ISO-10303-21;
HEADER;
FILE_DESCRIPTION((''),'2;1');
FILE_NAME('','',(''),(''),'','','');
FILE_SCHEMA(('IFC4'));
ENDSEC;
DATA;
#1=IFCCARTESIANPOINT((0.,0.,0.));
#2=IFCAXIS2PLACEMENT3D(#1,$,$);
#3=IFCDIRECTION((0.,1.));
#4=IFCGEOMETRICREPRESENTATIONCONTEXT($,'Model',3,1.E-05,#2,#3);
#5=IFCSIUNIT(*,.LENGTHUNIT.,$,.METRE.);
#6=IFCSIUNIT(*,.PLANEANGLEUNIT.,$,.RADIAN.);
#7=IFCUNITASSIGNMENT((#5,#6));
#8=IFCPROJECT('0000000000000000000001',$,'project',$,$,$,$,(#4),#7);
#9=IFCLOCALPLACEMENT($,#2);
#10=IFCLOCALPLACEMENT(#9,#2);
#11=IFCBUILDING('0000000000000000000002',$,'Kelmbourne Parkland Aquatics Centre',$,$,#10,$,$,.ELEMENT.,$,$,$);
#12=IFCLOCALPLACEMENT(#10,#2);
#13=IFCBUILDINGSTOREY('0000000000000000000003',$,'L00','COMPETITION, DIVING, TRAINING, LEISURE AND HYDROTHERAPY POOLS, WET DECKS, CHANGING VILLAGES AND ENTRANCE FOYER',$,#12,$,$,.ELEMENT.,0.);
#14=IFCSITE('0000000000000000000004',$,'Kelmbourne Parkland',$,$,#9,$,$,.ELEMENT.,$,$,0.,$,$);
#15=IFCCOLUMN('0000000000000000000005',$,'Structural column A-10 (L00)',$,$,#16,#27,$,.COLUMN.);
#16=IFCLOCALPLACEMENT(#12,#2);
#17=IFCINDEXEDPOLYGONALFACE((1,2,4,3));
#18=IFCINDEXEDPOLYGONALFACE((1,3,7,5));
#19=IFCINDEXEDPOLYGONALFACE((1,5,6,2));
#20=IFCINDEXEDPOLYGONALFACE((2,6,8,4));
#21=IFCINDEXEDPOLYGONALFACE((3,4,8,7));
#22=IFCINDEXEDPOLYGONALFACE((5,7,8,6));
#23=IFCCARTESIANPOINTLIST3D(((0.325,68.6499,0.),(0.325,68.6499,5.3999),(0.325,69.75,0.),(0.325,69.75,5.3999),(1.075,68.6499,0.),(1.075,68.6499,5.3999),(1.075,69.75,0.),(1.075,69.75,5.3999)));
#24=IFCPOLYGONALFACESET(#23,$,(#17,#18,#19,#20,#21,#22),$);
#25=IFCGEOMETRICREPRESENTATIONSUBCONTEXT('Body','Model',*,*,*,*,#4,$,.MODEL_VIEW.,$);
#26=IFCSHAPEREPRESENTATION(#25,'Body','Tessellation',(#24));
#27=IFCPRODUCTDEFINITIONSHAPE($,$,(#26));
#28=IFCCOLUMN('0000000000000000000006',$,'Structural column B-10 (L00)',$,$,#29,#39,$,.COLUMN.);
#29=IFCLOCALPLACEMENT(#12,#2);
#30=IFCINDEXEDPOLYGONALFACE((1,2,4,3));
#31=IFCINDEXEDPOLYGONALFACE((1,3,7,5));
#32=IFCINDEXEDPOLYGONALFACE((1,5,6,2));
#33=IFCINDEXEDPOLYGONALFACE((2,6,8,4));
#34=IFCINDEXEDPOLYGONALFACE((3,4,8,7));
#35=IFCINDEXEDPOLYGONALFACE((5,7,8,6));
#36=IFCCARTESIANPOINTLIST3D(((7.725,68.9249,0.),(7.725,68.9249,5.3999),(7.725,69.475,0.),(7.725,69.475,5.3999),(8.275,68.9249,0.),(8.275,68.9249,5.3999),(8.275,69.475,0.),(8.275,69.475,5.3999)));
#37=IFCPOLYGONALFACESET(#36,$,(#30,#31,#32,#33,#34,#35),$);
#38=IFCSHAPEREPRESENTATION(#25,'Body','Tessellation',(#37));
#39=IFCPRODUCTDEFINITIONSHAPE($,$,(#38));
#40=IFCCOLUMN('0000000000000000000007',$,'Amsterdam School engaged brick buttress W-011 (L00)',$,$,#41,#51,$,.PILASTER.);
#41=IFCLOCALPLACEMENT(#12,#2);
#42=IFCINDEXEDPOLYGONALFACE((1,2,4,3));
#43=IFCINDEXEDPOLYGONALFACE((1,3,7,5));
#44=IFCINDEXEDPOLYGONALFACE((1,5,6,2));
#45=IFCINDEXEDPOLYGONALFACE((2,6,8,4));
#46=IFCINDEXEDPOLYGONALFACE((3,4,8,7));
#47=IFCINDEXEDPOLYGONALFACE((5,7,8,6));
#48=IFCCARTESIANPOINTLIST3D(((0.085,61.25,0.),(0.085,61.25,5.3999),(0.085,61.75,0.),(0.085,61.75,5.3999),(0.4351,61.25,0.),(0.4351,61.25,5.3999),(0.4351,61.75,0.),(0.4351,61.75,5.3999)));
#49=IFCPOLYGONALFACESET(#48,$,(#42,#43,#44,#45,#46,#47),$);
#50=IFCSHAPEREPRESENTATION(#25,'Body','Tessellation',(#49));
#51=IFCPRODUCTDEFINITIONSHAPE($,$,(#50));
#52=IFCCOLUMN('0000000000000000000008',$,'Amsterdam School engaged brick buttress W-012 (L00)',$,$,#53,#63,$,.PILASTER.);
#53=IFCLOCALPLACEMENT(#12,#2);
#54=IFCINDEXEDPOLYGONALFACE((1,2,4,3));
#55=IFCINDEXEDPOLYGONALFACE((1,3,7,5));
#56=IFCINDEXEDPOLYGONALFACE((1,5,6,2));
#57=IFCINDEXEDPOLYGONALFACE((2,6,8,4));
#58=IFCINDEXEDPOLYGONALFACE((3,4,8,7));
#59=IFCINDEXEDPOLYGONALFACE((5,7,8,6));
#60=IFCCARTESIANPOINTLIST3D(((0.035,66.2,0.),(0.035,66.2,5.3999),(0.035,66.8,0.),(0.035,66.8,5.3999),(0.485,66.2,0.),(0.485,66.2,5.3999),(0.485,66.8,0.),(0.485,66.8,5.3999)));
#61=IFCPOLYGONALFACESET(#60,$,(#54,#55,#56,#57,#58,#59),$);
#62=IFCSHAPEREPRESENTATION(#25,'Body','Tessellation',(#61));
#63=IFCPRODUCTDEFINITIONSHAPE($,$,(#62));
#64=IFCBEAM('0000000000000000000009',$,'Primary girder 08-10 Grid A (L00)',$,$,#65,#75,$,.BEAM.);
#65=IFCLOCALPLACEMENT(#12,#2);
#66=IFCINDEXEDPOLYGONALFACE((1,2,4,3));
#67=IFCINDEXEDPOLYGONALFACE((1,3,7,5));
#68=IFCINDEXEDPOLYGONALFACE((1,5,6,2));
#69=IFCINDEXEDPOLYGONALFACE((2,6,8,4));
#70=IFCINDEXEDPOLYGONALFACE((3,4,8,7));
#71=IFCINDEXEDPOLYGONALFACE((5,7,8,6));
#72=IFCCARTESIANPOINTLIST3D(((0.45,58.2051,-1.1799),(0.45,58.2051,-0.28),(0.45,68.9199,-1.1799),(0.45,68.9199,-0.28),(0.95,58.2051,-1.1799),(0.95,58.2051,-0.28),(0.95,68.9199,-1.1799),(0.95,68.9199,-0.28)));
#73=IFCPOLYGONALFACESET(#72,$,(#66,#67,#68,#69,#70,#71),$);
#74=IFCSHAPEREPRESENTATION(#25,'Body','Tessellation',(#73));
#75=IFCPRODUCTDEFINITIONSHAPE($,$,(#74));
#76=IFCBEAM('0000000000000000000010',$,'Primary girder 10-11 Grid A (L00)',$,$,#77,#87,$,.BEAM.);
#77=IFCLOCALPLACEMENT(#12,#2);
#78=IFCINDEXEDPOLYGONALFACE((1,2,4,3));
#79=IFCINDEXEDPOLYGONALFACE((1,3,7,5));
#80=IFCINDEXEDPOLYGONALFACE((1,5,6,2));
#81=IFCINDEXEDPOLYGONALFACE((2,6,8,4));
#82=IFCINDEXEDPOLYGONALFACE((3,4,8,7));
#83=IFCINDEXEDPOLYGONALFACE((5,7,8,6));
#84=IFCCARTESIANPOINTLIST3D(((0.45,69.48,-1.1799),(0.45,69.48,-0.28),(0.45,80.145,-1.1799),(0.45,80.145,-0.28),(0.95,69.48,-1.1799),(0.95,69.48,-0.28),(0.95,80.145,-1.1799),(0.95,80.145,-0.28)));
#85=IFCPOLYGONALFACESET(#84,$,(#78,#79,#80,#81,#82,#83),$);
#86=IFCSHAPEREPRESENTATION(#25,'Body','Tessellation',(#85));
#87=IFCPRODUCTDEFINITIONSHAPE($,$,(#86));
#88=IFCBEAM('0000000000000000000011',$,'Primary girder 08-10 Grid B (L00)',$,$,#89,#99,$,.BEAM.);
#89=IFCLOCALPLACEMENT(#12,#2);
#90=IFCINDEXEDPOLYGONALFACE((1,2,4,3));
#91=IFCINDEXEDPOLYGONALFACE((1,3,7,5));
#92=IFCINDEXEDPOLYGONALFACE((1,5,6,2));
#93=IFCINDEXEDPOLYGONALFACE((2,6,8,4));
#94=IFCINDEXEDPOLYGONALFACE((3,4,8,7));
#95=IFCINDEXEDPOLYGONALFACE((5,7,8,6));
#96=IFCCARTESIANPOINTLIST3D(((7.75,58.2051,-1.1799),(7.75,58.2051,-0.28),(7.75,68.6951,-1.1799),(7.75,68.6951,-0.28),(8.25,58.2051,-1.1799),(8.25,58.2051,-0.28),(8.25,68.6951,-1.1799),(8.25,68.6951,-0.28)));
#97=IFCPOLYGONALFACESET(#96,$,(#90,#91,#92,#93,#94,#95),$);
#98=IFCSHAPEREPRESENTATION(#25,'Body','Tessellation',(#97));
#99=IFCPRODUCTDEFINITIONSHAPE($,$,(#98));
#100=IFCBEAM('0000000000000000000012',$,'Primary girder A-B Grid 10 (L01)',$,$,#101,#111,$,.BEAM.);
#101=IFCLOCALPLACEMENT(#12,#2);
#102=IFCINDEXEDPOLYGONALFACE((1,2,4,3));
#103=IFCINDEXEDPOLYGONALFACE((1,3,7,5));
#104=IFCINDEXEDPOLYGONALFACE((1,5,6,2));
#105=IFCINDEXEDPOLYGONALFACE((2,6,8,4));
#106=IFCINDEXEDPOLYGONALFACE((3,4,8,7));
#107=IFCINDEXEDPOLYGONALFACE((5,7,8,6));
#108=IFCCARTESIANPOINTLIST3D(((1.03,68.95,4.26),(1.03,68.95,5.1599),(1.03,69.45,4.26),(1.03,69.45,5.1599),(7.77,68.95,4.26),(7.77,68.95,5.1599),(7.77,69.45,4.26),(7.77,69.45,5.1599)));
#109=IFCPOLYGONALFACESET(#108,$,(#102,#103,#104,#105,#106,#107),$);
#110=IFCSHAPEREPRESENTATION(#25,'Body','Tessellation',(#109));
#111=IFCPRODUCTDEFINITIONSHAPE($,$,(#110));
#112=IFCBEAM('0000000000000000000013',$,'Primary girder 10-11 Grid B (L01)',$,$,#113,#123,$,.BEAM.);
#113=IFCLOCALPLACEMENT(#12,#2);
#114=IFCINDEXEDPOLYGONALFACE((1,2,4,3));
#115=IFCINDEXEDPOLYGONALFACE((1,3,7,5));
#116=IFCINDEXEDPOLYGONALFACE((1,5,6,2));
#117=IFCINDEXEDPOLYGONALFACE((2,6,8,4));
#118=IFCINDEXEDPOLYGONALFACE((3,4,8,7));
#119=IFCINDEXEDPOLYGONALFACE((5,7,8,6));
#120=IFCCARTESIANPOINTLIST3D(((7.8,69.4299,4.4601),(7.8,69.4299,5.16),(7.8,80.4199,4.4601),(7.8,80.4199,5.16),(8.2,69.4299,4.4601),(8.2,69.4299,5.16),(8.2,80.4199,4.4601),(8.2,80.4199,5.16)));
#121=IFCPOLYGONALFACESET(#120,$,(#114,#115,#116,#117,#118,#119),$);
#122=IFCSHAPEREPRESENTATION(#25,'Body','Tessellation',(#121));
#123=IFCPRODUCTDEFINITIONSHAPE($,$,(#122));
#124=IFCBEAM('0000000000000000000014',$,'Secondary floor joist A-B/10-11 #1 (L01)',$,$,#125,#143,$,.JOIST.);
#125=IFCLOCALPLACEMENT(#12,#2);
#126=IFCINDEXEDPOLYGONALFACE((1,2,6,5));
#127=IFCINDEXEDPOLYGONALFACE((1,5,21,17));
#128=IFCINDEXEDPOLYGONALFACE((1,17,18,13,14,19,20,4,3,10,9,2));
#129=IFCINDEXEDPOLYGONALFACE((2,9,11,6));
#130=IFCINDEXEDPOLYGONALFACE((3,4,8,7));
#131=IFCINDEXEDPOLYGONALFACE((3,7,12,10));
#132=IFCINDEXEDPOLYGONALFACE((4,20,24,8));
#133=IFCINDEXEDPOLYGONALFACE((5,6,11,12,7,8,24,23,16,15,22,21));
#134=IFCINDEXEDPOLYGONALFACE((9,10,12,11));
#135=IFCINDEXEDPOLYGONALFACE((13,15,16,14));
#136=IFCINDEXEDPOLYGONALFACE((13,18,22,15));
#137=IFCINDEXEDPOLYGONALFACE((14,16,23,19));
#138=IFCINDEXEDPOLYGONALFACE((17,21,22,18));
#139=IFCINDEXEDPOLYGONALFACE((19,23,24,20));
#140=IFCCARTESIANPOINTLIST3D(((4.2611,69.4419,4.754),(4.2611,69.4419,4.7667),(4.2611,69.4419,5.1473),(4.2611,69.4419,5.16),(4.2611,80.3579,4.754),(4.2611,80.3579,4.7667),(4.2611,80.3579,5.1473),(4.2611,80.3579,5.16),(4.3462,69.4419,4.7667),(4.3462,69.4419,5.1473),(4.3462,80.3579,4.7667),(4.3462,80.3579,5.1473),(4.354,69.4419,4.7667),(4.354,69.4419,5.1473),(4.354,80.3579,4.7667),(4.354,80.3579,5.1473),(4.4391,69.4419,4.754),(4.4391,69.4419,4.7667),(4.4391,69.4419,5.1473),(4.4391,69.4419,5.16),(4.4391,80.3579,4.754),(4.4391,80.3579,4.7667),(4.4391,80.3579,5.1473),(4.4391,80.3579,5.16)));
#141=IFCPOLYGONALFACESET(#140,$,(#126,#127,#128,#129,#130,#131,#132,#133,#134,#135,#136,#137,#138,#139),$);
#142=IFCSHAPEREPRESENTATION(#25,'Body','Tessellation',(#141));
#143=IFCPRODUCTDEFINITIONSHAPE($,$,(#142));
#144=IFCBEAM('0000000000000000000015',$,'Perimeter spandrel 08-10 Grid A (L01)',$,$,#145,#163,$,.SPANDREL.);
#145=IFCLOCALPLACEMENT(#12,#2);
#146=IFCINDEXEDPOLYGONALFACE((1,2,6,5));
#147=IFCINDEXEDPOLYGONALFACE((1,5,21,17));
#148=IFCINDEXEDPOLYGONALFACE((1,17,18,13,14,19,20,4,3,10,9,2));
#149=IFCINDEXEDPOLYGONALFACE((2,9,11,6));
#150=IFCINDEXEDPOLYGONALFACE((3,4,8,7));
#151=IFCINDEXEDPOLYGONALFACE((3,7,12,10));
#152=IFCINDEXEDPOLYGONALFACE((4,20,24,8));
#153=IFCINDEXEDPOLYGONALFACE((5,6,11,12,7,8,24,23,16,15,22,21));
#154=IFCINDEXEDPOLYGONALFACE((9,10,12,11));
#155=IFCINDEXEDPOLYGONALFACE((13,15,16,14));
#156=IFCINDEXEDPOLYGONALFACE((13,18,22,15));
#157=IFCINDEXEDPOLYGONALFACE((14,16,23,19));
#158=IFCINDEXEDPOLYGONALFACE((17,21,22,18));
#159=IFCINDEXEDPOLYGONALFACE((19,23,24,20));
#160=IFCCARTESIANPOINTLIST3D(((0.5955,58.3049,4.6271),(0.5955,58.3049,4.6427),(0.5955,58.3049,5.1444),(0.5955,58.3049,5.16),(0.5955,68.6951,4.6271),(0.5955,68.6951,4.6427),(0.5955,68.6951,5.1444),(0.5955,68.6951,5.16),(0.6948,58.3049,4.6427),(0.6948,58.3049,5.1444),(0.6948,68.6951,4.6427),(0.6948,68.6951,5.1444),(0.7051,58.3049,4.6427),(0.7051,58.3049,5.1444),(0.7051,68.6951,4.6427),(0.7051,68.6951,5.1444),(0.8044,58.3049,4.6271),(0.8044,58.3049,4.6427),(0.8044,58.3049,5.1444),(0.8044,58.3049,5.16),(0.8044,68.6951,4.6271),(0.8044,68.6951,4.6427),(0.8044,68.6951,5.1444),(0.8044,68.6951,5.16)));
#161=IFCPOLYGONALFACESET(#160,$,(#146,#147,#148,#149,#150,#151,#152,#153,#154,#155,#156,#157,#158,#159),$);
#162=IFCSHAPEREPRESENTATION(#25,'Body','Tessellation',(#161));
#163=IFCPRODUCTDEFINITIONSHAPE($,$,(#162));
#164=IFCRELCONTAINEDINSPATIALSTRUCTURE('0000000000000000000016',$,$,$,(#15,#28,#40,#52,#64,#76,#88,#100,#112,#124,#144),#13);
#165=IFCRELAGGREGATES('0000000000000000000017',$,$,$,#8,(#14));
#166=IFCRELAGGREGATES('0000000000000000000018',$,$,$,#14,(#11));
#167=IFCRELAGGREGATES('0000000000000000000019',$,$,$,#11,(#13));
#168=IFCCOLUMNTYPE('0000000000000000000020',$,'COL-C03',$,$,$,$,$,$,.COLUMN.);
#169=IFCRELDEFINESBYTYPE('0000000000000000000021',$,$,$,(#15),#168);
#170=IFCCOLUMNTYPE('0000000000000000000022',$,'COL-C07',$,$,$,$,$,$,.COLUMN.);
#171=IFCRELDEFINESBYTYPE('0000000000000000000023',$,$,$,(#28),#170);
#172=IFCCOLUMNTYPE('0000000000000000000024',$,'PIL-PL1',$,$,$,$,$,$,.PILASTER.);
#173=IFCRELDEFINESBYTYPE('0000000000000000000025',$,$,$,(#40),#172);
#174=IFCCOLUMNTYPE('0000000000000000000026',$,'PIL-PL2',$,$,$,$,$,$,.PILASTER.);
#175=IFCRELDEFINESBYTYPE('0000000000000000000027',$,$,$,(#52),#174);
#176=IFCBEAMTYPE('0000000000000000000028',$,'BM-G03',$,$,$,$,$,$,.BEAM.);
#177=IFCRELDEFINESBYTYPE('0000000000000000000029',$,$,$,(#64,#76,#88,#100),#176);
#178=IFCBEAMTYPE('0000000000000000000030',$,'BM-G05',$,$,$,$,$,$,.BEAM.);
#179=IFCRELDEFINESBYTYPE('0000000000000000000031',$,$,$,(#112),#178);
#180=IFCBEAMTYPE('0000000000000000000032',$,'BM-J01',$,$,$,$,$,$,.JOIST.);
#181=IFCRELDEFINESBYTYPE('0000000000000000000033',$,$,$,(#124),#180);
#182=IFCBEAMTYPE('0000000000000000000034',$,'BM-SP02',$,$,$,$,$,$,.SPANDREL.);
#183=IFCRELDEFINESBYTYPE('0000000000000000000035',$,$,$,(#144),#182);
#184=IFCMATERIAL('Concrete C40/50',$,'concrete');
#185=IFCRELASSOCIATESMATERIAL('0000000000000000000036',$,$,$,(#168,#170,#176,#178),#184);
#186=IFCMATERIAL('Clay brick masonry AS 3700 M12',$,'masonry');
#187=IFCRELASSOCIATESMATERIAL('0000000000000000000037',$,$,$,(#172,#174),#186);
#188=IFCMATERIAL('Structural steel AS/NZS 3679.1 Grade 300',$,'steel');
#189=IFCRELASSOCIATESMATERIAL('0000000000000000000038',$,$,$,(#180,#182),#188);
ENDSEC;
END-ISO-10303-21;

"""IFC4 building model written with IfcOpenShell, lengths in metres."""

from ifc_helpers import new_model, si_unit, direction, frame, origin, origin_2d, place, context, subcontext, project, spatial, rectangle, i_section, extrude, material, material_profile, profile_set, type_object, element, save


model = new_model("IFC4")

# Units and contexts
model_context = context("Model", 3, precision=1e-05, world=origin(), true_north=direction((0.0, 1.0)))
body_context = subcontext(model_context, "Body", "Model", "MODEL_VIEW")
ifc_project = project(units=[si_unit("LENGTHUNIT", "METRE"), si_unit("PLANEANGLEUNIT", "RADIAN")], contexts=[model_context])

# Site, building, storey
site_placement = place(None, origin())
site = spatial("IfcSite", under=ifc_project, at=site_placement, Name="Kelmbourne Parkland", CompositionType="ELEMENT", RefElevation=0.0)
building_placement = place(site_placement, origin())
building = spatial("IfcBuilding", under=site, at=building_placement, Name="Kelmbourne Parkland Aquatics Centre", CompositionType="ELEMENT")
storey_placement = place(building_placement, origin())
storey = spatial("IfcBuildingStorey", under=building, at=storey_placement, Name="L00", Description="COMPETITION, DIVING, TRAINING, LEISURE AND HYDROTHERAPY POOLS, WET DECKS, CHANGING VILLAGES AND ENTRANCE FOYER", CompositionType="ELEMENT", Elevation=0.0)

# Columns
ifc_material_1 = material(Name="Concrete C40/50", Category="concrete")
ifc_material_profile_1 = material_profile(ifc_material_1, rectangle(XDim=0.75, YDim=1.1001, at=origin_2d()), Name="RC 750x1100")
ifc_profile_set_1 = profile_set([ifc_material_profile_1], Name="Concrete C40/50")
column_type_1 = type_object("IfcColumnType", Name="COL-C03", PredefinedType="COLUMN", material=ifc_profile_set_1)
column_1_placement = place(storey_placement, frame((0.7, 69.2, 0.0), z_axis=(0.0, 0.0, 1.0), x_axis=(1.0, 0.0, 0.0)))
element("IfcColumn", 1, at=column_1_placement, inside=storey, type_object=column_type_1, Name="Structural column A-10 (L00)", PredefinedType="COLUMN", context=body_context, shape_type="SweptSolid", body=[
    extrude(rectangle(XDim=0.75, YDim=1.1001, at=origin_2d()), origin(), (0.0, 0.0, 1.0), 5.3999),
])
ifc_material_profile_2 = material_profile(ifc_material_1, rectangle(XDim=0.55, YDim=0.55, at=origin_2d()), Name="RC 550x550")
ifc_profile_set_2 = profile_set([ifc_material_profile_2], Name="Concrete C40/50")
column_type_2 = type_object("IfcColumnType", Name="COL-C07", PredefinedType="COLUMN", material=ifc_profile_set_2)
column_2_placement = place(storey_placement, frame((8.0, 69.2, 0.0), z_axis=(0.0, 0.0, 1.0), x_axis=(1.0, 0.0, 0.0)))
element("IfcColumn", 2, at=column_2_placement, inside=storey, type_object=column_type_2, Name="Structural column B-10 (L00)", PredefinedType="COLUMN", context=body_context, shape_type="SweptSolid", body=[
    extrude(rectangle(XDim=0.55, YDim=0.55, at=origin_2d()), origin(), (0.0, 0.0, 1.0), 5.3999),
])
ifc_material_2 = material(Name="Clay brick masonry AS 3700 M12", Category="masonry")
ifc_material_profile_3 = material_profile(ifc_material_2, rectangle(XDim=0.3501, YDim=0.5, at=origin_2d()), Name="PIL 350x500")
ifc_profile_set_3 = profile_set([ifc_material_profile_3], Name="Clay brick masonry AS 3700 M12")
column_type_3 = type_object("IfcColumnType", Name="PIL-PL1", PredefinedType="PILASTER", material=ifc_profile_set_3)
column_3_placement = place(storey_placement, frame((0.26, 61.5, 0.0), z_axis=(0.0, 0.0, 1.0), x_axis=(1.0, 0.0, 0.0)))
element("IfcColumn", 3, at=column_3_placement, inside=storey, type_object=column_type_3, Name="Amsterdam School engaged brick buttress W-011 (L00)", PredefinedType="PILASTER", context=body_context, shape_type="SweptSolid", body=[
    extrude(rectangle(XDim=0.3501, YDim=0.5, at=origin_2d()), origin(), (0.0, 0.0, 1.0), 5.3999),
])
ifc_material_profile_4 = material_profile(ifc_material_2, rectangle(XDim=0.45, YDim=0.6001, at=origin_2d()), Name="PIL 450x600")
ifc_profile_set_4 = profile_set([ifc_material_profile_4], Name="Clay brick masonry AS 3700 M12")
column_type_4 = type_object("IfcColumnType", Name="PIL-PL2", PredefinedType="PILASTER", material=ifc_profile_set_4)
column_4_placement = place(storey_placement, frame((0.26, 66.5, 0.0), z_axis=(0.0, 0.0, 1.0), x_axis=(1.0, 0.0, 0.0)))
element("IfcColumn", 4, at=column_4_placement, inside=storey, type_object=column_type_4, Name="Amsterdam School engaged brick buttress W-012 (L00)", PredefinedType="PILASTER", context=body_context, shape_type="SweptSolid", body=[
    extrude(rectangle(XDim=0.45, YDim=0.6001, at=origin_2d()), origin(), (0.0, 0.0, 1.0), 5.3999),
])

# Beams
ifc_material_profile_5 = material_profile(ifc_material_1, rectangle(XDim=0.5, YDim=0.8999, at=origin_2d()), Name="RC 500x900")
ifc_profile_set_5 = profile_set([ifc_material_profile_5], Name="Concrete C40/50")
beam_type_1 = type_object("IfcBeamType", Name="BM-G03", PredefinedType="BEAM", material=ifc_profile_set_5)
beam_1_placement = place(storey_placement, frame((0.7, 58.2051, -0.73), z_axis=(0.0, 1.0, 0.0), x_axis=(-1.0, 0.0, 0.0)))
element("IfcBeam", 5, at=beam_1_placement, inside=storey, type_object=beam_type_1, Name="Primary girder 08-10 Grid A (L00)", PredefinedType="BEAM", context=body_context, shape_type="SweptSolid", body=[
    extrude(rectangle(XDim=0.5, YDim=0.8999, at=origin_2d()), origin(), (0.0, 0.0, 1.0), 10.7148),
])
beam_2_placement = place(storey_placement, frame((0.7, 69.48, -0.73), z_axis=(0.0, 1.0, 0.0), x_axis=(-1.0, 0.0, 0.0)))
element("IfcBeam", 6, at=beam_2_placement, inside=storey, type_object=beam_type_1, Name="Primary girder 10-11 Grid A (L00)", PredefinedType="BEAM", context=body_context, shape_type="SweptSolid", body=[
    extrude(rectangle(XDim=0.5, YDim=0.8999, at=origin_2d()), origin(), (0.0, 0.0, 1.0), 10.665),
])
beam_3_placement = place(storey_placement, frame((8.0, 58.2051, -0.73), z_axis=(0.0, 1.0, 0.0), x_axis=(-1.0, 0.0, 0.0)))
element("IfcBeam", 7, at=beam_3_placement, inside=storey, type_object=beam_type_1, Name="Primary girder 08-10 Grid B (L00)", PredefinedType="BEAM", context=body_context, shape_type="SweptSolid", body=[
    extrude(rectangle(XDim=0.5, YDim=0.8999, at=origin_2d()), origin(), (0.0, 0.0, 1.0), 10.49),
])
beam_4_placement = place(storey_placement, frame((1.03, 69.2, 4.71), z_axis=(1.0, 0.0, 0.0), x_axis=(0.0, 1.0, 0.0)))
element("IfcBeam", 8, at=beam_4_placement, inside=storey, type_object=beam_type_1, Name="Primary girder A-B Grid 10 (L01)", PredefinedType="BEAM", context=body_context, shape_type="SweptSolid", body=[
    extrude(rectangle(XDim=0.5, YDim=0.8999, at=origin_2d()), origin(), (0.0, 0.0, 1.0), 6.74),
])
ifc_material_profile_6 = material_profile(ifc_material_1, rectangle(XDim=0.3999, YDim=0.7, at=origin_2d()), Name="RC 400x700")
ifc_profile_set_6 = profile_set([ifc_material_profile_6], Name="Concrete C40/50")
beam_type_2 = type_object("IfcBeamType", Name="BM-G05", PredefinedType="BEAM", material=ifc_profile_set_6)
beam_5_placement = place(storey_placement, frame((8.0, 69.4299, 4.8101), z_axis=(0.0, 1.0, 0.0), x_axis=(-1.0, 0.0, 0.0)))
element("IfcBeam", 9, at=beam_5_placement, inside=storey, type_object=beam_type_2, Name="Primary girder 10-11 Grid B (L01)", PredefinedType="BEAM", context=body_context, shape_type="SweptSolid", body=[
    extrude(rectangle(XDim=0.3999, YDim=0.7, at=origin_2d()), origin(), (0.0, 0.0, 1.0), 10.99),
])
ifc_material_3 = material(Name="Structural steel AS/NZS 3679.1 Grade 300", Category="steel")
ifc_material_profile_7 = material_profile(ifc_material_3, i_section(OverallWidth=0.178, OverallDepth=0.406, WebThickness=0.0078, FlangeThickness=0.0127, at=origin_2d()), Name="410UB59.7")
ifc_profile_set_7 = profile_set([ifc_material_profile_7], Name="Structural steel AS/NZS 3679.1 Grade 300")
beam_type_3 = type_object("IfcBeamType", Name="BM-J01", PredefinedType="JOIST", material=ifc_profile_set_7)
beam_6_placement = place(storey_placement, frame((4.3501, 69.4419, 4.957), z_axis=(0.0, 1.0, 0.0), x_axis=(-1.0, 0.0, 0.0)))
element("IfcBeam", 10, at=beam_6_placement, inside=storey, type_object=beam_type_3, Name="Secondary floor joist A-B/10-11 #1 (L01)", PredefinedType="JOIST", context=body_context, shape_type="SweptSolid", body=[
    extrude(i_section(OverallWidth=0.178, OverallDepth=0.406, WebThickness=0.0078, FlangeThickness=0.0127, at=origin_2d()), origin(), (0.0, 0.0, 1.0), 10.916),
])
ifc_material_profile_8 = material_profile(ifc_material_3, i_section(OverallWidth=0.209, OverallDepth=0.533, WebThickness=0.0103, FlangeThickness=0.0156, at=origin_2d()), Name="530UB92.4")
ifc_profile_set_8 = profile_set([ifc_material_profile_8], Name="Structural steel AS/NZS 3679.1 Grade 300")
beam_type_4 = type_object("IfcBeamType", Name="BM-SP02", PredefinedType="SPANDREL", material=ifc_profile_set_8)
beam_7_placement = place(storey_placement, frame((0.7, 58.3049, 4.8936), z_axis=(0.0, 1.0, 0.0), x_axis=(-1.0, 0.0, 0.0)))
element("IfcBeam", 11, at=beam_7_placement, inside=storey, type_object=beam_type_4, Name="Perimeter spandrel 08-10 Grid A (L01)", PredefinedType="SPANDREL", context=body_context, shape_type="SweptSolid", body=[
    extrude(i_section(OverallWidth=0.209, OverallDepth=0.533, WebThickness=0.0103, FlangeThickness=0.0156, at=origin_2d()), origin(), (0.0, 0.0, 1.0), 10.3901),
])

save(model, "model.ifc")
